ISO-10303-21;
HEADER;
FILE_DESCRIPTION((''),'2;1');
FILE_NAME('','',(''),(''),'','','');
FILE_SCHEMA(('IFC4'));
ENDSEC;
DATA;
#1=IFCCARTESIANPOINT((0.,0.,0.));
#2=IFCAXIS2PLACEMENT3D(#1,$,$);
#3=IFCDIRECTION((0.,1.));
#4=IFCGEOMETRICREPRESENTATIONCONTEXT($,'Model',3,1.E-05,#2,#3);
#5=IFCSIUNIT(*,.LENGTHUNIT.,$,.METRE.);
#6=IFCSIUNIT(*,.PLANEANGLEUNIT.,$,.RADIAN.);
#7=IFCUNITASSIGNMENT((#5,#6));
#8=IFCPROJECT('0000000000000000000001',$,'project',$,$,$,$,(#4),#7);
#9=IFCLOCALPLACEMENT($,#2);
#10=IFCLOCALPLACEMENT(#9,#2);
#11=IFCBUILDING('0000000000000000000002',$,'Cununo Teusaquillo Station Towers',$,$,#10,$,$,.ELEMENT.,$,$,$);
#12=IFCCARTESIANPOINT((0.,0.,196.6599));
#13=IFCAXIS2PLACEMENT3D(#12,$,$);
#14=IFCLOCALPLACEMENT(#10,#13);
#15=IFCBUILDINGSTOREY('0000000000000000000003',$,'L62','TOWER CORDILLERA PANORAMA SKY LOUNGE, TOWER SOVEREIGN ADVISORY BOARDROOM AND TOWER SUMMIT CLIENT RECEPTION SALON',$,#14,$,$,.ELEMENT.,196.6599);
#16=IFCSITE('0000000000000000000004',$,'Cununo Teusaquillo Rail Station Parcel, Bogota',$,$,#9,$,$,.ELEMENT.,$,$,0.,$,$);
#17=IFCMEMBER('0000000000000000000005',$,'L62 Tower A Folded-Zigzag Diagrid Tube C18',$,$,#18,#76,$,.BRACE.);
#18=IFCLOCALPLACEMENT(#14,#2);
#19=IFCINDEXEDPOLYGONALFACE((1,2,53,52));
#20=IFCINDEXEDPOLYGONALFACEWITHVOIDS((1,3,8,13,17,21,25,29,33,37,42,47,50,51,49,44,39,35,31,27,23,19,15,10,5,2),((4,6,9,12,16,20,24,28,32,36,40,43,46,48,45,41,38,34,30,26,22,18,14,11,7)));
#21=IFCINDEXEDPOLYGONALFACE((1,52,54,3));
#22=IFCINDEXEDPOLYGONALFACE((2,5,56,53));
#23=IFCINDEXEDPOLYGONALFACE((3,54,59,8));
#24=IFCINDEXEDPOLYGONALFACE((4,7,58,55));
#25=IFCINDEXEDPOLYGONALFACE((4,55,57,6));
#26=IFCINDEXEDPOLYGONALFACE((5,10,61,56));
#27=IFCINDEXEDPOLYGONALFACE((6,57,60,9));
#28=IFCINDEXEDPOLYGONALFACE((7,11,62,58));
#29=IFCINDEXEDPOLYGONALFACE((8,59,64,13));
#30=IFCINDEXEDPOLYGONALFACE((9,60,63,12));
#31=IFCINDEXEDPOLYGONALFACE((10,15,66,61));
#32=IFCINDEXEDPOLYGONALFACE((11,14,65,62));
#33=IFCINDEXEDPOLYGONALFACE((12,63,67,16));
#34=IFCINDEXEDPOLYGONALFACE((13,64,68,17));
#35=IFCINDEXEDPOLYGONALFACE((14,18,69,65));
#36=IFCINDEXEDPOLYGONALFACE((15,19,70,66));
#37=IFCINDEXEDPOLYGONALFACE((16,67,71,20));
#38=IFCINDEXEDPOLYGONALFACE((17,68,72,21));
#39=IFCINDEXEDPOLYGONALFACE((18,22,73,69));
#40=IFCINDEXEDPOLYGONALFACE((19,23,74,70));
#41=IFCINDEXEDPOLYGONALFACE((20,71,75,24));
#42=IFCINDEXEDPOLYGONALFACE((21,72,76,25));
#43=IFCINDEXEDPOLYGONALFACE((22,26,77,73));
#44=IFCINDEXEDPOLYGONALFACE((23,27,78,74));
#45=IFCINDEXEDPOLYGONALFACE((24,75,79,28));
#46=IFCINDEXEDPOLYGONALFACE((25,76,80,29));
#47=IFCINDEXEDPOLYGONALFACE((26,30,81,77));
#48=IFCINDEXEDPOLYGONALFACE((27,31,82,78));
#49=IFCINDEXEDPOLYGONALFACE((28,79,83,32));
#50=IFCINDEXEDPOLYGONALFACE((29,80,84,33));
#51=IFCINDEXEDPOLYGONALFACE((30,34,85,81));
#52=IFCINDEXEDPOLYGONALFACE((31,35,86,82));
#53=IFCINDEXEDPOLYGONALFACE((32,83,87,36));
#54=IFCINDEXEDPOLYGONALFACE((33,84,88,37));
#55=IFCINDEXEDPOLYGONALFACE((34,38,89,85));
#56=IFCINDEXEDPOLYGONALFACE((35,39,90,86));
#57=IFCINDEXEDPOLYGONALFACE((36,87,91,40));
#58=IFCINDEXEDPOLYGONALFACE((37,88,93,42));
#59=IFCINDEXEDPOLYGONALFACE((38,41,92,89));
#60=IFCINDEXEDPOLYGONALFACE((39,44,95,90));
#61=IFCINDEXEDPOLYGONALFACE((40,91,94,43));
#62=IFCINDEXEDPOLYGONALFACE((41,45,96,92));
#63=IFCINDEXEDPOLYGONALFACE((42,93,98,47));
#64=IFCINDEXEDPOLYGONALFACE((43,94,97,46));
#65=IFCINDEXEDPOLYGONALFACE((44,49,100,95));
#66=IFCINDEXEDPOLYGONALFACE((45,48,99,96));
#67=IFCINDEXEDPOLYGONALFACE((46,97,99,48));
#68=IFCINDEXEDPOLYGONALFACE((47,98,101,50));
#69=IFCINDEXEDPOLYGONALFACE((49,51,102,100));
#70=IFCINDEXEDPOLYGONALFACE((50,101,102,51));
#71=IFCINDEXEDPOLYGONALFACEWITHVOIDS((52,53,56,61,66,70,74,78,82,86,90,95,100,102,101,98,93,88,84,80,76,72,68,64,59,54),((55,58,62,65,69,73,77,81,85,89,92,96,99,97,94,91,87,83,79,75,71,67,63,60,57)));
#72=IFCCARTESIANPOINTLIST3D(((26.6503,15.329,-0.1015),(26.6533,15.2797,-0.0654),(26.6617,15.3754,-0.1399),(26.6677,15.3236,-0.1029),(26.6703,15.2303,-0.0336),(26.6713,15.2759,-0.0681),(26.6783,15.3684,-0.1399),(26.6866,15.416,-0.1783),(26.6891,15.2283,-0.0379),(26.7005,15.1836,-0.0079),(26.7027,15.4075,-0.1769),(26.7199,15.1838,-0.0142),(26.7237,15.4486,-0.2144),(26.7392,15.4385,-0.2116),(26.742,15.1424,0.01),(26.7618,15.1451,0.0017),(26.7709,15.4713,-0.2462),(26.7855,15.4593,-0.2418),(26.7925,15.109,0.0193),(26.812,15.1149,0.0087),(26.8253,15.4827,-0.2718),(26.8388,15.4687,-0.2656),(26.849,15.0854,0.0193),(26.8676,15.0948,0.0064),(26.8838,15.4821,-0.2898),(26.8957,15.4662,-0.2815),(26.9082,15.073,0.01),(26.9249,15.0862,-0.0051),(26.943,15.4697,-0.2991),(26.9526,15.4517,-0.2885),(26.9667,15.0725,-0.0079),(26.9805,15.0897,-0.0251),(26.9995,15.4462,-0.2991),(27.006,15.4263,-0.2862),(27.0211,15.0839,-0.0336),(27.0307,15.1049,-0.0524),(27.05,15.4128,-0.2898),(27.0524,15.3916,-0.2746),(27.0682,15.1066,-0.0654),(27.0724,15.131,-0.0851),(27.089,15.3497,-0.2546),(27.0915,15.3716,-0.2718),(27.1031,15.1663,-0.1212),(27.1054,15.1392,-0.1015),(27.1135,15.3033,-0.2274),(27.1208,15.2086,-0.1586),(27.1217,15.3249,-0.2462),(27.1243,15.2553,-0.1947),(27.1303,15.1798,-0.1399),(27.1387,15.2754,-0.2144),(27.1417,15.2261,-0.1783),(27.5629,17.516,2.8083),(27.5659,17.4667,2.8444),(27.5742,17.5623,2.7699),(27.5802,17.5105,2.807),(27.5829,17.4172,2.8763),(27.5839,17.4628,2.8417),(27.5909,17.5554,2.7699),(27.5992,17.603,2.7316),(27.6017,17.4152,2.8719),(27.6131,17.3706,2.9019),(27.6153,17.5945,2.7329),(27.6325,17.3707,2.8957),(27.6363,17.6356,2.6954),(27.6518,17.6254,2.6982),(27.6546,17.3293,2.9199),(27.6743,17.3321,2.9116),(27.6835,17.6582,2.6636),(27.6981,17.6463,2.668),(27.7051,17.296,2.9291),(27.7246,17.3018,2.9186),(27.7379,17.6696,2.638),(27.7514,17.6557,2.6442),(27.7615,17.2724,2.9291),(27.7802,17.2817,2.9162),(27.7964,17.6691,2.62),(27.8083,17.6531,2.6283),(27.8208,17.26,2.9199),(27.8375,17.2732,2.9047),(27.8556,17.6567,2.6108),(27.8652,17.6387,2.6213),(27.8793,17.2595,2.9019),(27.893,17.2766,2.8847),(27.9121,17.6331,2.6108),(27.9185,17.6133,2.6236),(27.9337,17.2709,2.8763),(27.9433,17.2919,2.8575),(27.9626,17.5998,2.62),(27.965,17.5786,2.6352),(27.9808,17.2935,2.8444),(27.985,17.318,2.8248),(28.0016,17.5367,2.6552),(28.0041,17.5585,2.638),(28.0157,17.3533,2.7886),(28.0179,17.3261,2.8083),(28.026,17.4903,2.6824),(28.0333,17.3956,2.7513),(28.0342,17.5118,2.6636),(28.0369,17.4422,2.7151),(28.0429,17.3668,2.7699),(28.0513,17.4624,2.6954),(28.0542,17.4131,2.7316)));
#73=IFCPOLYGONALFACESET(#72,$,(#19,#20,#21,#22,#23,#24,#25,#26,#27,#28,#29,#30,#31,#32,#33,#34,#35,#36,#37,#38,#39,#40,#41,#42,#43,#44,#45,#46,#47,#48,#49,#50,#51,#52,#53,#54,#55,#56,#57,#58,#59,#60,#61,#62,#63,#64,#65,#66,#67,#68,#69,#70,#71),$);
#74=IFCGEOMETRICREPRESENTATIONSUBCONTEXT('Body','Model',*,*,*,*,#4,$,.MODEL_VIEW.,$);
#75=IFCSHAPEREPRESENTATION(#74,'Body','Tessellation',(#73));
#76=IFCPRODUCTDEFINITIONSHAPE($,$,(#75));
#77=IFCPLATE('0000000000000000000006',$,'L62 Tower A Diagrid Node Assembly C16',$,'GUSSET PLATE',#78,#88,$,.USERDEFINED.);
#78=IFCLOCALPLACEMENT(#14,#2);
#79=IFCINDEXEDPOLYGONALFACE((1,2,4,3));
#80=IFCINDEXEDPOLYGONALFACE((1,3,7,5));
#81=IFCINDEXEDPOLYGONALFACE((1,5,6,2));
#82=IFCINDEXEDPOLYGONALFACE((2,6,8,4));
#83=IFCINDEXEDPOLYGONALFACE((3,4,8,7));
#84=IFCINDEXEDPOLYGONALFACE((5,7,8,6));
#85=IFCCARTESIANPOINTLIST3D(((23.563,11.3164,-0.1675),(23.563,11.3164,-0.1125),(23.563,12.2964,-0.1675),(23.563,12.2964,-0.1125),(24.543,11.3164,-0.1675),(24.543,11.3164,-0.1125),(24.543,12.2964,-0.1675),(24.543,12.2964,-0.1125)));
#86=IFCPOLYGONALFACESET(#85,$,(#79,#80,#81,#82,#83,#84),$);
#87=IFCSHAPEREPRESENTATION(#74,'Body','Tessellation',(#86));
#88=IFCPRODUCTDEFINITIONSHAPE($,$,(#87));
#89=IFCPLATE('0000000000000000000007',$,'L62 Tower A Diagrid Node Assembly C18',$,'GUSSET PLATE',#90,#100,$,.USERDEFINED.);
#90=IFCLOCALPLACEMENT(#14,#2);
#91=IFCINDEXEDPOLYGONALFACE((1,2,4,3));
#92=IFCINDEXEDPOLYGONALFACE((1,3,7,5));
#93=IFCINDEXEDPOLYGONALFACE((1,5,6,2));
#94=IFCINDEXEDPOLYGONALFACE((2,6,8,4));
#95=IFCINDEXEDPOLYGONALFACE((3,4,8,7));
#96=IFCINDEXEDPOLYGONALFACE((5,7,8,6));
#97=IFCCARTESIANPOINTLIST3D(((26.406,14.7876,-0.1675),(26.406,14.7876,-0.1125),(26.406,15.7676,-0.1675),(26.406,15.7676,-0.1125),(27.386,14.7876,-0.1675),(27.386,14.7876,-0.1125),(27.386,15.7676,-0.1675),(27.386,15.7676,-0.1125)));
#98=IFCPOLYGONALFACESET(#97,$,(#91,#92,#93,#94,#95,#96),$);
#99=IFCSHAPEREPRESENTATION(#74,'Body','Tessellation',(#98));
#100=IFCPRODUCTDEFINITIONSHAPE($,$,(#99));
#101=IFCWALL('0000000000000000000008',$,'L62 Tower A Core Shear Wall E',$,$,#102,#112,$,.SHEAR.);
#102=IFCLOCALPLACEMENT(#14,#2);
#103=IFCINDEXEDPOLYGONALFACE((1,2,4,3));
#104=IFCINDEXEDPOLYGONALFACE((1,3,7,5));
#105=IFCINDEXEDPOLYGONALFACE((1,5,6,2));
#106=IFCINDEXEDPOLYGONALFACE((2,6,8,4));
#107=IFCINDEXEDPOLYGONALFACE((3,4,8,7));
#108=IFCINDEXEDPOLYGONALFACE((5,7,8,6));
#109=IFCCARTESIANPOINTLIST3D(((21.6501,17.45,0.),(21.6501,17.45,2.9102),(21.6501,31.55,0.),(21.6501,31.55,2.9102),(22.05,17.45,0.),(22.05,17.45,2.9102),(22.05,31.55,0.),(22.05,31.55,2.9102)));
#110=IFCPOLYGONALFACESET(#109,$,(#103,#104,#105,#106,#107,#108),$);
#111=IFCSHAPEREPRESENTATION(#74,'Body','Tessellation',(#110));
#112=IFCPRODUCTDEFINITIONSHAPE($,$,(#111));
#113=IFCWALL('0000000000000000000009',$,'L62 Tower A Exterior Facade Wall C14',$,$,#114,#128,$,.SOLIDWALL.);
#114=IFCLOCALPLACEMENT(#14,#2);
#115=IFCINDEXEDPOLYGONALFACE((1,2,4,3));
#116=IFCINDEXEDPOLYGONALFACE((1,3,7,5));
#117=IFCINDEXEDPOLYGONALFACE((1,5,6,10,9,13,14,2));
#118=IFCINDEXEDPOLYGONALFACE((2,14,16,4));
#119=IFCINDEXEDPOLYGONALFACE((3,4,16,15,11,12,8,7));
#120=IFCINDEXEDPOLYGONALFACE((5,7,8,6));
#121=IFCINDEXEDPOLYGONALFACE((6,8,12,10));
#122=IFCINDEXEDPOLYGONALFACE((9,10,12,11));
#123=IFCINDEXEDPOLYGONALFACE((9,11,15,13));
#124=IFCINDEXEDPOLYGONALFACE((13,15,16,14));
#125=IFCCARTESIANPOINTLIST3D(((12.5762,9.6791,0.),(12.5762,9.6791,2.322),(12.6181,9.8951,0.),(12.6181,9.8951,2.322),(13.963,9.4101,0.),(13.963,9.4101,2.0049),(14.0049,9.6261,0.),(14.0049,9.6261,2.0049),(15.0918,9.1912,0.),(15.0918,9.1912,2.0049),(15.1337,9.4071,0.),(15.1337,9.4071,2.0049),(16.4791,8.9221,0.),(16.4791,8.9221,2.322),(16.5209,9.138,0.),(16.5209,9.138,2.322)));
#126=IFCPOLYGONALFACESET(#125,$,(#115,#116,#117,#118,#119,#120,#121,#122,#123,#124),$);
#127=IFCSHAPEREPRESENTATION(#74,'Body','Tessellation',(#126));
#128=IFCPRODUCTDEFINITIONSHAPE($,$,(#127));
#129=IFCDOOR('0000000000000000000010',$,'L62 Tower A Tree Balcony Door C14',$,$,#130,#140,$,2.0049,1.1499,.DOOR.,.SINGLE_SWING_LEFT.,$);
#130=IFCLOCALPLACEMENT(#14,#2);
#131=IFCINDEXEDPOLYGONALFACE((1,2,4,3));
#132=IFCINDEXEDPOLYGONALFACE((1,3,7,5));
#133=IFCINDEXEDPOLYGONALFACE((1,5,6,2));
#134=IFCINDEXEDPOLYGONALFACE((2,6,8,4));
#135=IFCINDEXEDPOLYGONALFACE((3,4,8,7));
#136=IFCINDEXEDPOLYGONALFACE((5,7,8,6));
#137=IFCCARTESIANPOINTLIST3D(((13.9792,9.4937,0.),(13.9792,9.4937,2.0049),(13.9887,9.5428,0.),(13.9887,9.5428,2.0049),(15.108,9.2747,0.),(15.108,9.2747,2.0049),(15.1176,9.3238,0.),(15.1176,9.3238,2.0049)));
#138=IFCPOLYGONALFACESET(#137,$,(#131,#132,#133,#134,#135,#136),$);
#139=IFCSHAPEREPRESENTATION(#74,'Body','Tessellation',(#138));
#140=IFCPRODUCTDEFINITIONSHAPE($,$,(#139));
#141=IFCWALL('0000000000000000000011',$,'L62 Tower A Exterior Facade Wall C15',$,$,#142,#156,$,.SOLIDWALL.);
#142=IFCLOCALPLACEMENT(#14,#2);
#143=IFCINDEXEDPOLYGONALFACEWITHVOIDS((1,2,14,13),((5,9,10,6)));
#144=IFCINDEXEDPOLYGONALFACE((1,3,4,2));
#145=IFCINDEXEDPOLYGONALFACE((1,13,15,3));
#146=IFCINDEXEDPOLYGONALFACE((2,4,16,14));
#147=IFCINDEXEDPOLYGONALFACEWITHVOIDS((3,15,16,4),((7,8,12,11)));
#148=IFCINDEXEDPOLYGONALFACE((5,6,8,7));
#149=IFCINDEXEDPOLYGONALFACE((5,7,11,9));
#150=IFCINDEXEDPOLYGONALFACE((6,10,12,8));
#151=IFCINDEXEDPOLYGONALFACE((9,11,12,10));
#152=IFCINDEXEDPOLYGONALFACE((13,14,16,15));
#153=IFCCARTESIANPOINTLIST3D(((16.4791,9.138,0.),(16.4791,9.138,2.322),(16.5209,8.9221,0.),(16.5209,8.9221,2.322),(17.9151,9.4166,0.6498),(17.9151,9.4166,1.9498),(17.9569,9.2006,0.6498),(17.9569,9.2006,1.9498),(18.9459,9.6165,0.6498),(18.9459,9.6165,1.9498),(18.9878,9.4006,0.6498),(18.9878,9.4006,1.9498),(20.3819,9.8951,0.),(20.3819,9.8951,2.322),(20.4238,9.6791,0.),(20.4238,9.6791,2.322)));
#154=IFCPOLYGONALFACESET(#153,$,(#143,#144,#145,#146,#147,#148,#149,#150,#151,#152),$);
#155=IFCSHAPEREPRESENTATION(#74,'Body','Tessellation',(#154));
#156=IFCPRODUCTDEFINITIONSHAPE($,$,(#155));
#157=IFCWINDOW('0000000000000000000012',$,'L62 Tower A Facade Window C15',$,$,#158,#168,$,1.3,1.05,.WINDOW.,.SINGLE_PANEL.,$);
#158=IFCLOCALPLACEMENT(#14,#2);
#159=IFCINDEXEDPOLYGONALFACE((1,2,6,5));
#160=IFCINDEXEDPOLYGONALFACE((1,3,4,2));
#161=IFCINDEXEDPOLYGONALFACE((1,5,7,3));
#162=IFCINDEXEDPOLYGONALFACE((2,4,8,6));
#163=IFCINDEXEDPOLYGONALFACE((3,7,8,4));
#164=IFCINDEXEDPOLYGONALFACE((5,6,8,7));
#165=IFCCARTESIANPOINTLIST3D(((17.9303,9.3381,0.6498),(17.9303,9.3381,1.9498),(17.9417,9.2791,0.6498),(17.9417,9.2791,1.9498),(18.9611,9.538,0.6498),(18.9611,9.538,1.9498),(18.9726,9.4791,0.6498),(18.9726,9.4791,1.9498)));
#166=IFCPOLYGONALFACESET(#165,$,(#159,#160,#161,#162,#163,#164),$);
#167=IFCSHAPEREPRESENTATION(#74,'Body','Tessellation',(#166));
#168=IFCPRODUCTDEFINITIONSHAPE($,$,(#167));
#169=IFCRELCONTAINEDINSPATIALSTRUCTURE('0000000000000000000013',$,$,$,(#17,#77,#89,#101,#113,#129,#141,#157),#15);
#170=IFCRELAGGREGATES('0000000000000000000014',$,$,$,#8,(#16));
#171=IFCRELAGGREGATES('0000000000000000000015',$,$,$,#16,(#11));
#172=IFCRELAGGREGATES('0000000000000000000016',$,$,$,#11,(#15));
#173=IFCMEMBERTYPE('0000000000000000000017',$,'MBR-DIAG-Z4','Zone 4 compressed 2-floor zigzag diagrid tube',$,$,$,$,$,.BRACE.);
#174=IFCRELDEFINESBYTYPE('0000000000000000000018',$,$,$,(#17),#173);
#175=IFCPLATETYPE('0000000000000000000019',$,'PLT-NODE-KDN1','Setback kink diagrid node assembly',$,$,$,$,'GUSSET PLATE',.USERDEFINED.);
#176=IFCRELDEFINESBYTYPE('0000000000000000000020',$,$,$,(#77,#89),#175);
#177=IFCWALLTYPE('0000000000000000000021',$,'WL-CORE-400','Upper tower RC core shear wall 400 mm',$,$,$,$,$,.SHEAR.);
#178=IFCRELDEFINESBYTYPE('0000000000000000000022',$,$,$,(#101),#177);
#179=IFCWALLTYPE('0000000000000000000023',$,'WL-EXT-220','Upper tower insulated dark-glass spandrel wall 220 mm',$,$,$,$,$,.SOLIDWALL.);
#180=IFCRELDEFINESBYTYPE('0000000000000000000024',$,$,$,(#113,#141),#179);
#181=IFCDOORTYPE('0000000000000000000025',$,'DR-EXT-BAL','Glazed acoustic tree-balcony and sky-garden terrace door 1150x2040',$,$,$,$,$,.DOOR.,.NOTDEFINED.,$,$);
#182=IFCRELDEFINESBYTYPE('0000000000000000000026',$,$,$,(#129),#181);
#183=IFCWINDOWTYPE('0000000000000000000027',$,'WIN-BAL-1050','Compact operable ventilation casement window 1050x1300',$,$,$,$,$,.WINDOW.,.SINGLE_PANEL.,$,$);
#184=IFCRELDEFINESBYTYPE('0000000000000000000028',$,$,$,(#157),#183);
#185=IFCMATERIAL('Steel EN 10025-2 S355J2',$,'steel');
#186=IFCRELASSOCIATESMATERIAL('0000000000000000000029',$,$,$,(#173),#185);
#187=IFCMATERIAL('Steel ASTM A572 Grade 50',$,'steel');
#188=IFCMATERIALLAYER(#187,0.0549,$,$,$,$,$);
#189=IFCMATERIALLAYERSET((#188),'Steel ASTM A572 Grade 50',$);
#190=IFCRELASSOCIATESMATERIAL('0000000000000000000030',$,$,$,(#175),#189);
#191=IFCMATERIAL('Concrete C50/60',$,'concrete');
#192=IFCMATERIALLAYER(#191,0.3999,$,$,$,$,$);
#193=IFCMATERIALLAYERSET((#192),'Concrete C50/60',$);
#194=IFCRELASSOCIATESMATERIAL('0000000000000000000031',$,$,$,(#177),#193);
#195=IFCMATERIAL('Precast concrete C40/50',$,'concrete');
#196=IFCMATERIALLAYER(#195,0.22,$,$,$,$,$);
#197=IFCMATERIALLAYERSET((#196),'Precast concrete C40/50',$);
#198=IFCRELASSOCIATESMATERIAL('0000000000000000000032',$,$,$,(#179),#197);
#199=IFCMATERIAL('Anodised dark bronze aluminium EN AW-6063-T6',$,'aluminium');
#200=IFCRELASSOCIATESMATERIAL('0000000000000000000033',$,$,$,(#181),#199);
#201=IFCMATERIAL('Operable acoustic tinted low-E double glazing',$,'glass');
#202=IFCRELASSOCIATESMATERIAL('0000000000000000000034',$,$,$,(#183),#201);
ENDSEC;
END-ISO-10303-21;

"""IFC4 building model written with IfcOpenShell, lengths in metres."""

from ifc_helpers import new_model, si_unit, direction, frame, frame_2d, origin, origin_2d, place, context, subcontext, project, spatial, rectangle, hollow_circle, extrude, source, transform, mapped, material, layer, layer_set, material_profile, profile_set, type_object, element, fill, save


model = new_model("IFC4")

# Units and contexts
model_context = context("Model", 3, precision=1e-05, world=origin(), true_north=direction((0.0, 1.0)))
body_context = subcontext(model_context, "Body", "Model", "MODEL_VIEW")
ifc_project = project(units=[si_unit("LENGTHUNIT", "METRE"), si_unit("PLANEANGLEUNIT", "RADIAN")], contexts=[model_context])

# Site, building, storey
site_placement = place(None, origin())
site = spatial("IfcSite", under=ifc_project, at=site_placement, Name="Cununo Teusaquillo Rail Station Parcel, Bogota", CompositionType="ELEMENT", RefElevation=0.0)
building_placement = place(site_placement, origin())
building = spatial("IfcBuilding", under=site, at=building_placement, Name="Cununo Teusaquillo Station Towers", CompositionType="ELEMENT")
storey_placement = place(building_placement, frame((0.0, 0.0, 196.6599)))
storey = spatial("IfcBuildingStorey", under=building, at=storey_placement, Name="L62", Description="TOWER CORDILLERA PANORAMA SKY LOUNGE, TOWER SOVEREIGN ADVISORY BOARDROOM AND TOWER SUMMIT CLIENT RECEPTION SALON", CompositionType="ELEMENT", Elevation=196.6599)

# Member
ifc_material_1 = material(Name="Steel EN 10025-2 S355J2", Category="steel")
ifc_material_profile_1 = material_profile(ifc_material_1, hollow_circle(Radius=0.2539, WallThickness=0.0181, at=origin_2d()), Name="CHS 508x18")
ifc_profile_set_1 = profile_set([ifc_material_profile_1], Name="Steel EN 10025-2 S355J2")
member_type = type_object("IfcMemberType", Name="MBR-DIAG-Z4", Description="Zone 4 compressed 2-floor zigzag diagrid tube", PredefinedType="BRACE", material=ifc_profile_set_1)
member_1_placement = place(storey_placement, frame((26.896, 15.2776, -0.1399), z_axis=(0.243178, 0.582769, 0.775399), x_axis=(-0.922876, 0.385098, 0.0)))
element("IfcMember", 1, at=member_1_placement, inside=storey, type_object=member_type, Name="L62 Tower A Folded-Zigzag Diagrid Tube C18", PredefinedType="BRACE", context=body_context, shape_type="SweptSolid", body=[
    extrude(hollow_circle(Radius=0.2539, WallThickness=0.0181, at=origin_2d()), origin(), (0.0, 0.0, 1.0), 3.7527),
])

# Plates
ifc_material_2 = material(Name="Steel ASTM A572 Grade 50", Category="steel")
ifc_layer_1 = layer(ifc_material_2, 0.0549)
ifc_layer_set_1 = layer_set([ifc_layer_1], Name="Steel ASTM A572 Grade 50")
plate_type = type_object("IfcPlateType", Name="PLT-NODE-KDN1", Description="Setback kink diagrid node assembly", ElementType="GUSSET PLATE", PredefinedType="USERDEFINED", material=ifc_layer_set_1)
shared_shape_1 = source(origin(), body_context, "Body", "SweptSolid", [
    extrude(rectangle(XDim=0.98, YDim=0.98, at=origin_2d()), origin(), (0.0, 0.0, 1.0), 0.0549),
])
for number, where, z_axis, x_axis, name in (
    (2, (24.053, 11.8064, -0.1675), (0.0, 0.0, 1.0), (1.0, 0.0, 0.0), "L62 Tower A Diagrid Node Assembly C16"),
    (3, (26.896, 15.2776, -0.1675), (0.0, 0.0, 1.0), (1.0, 0.0, 0.0), "L62 Tower A Diagrid Node Assembly C18"),
):
    element("IfcPlate", number, at=place(storey_placement, frame(where, z_axis=z_axis, x_axis=x_axis)), inside=storey, type_object=plate_type, Name=name, ObjectType="GUSSET PLATE", PredefinedType="USERDEFINED", context=body_context, shape_type="MappedRepresentation", body=[
        mapped(shared_shape_1, transform((0.0, 0.0, 0.0), x_axis=(1.0, 0.0, 0.0), y_axis=(0.0, 1.0, 0.0), z_axis=(0.0, 0.0, 1.0), scale=1.0)),
    ])

# Wall
ifc_material_3 = material(Name="Concrete C50/60", Category="concrete")
ifc_layer_2 = layer(ifc_material_3, 0.3999)
ifc_layer_set_2 = layer_set([ifc_layer_2], Name="Concrete C50/60")
wall_type_1 = type_object("IfcWallType", Name="WL-CORE-400", Description="Upper tower RC core shear wall 400 mm", PredefinedType="SHEAR", material=ifc_layer_set_2)
wall_1_placement = place(storey_placement, frame((21.8501, 17.45, 0.0), z_axis=(0.0, 0.0, 1.0), x_axis=(0.0, 1.0, 0.0)))
element("IfcWall", 4, at=wall_1_placement, inside=storey, type_object=wall_type_1, Name="L62 Tower A Core Shear Wall E", PredefinedType="SHEAR", context=body_context, shape_type="SweptSolid", body=[
    extrude(rectangle(XDim=14.1001, YDim=0.3999, at=frame_2d((7.05, 0.0))), origin(), (0.0, 0.0, 1.0), 2.9102),
])

# Wall, opening, door
ifc_material_4 = material(Name="Precast concrete C40/50", Category="concrete")
ifc_layer_3 = layer(ifc_material_4, 0.22)
ifc_layer_set_3 = layer_set([ifc_layer_3], Name="Precast concrete C40/50")
wall_type_2 = type_object("IfcWallType", Name="WL-EXT-220", Description="Upper tower insulated dark-glass spandrel wall 220 mm", PredefinedType="SOLIDWALL", material=ifc_layer_set_3)
wall_2_placement = place(storey_placement, frame((16.5, 9.03, 0.0), z_axis=(0.0, 0.0, 1.0), x_axis=(-0.9817, 0.190432, 0.0)))
wall_2 = element("IfcWall", 5, at=wall_2_placement, inside=storey, type_object=wall_type_2, Name="L62 Tower A Exterior Facade Wall C14", PredefinedType="SOLIDWALL", context=body_context, shape_type="SweptSolid", body=[
    extrude(rectangle(XDim=3.9756, YDim=0.22, at=frame_2d((1.9878, 0.0))), origin(), (0.0, 0.0, 1.0), 2.322),
])
shared_shape_2 = source(origin(), body_context, "Body", "SweptSolid", [
    extrude(rectangle(XDim=1.1499, YDim=2.0049, at=frame_2d((0.575, 1.0024))), frame((0.0, 0.1199, 0.0), z_axis=(0.0, -1.0, 0.0), x_axis=(1.0, 0.0, 0.0)), (0.0, 0.0, 1.0), 0.24),
])
opening_1_placement = place(wall_2_placement, frame((1.4131, 0.0, 0.0)))
opening_1 = element("IfcOpeningElement", 6, at=opening_1_placement, cuts=wall_2, PredefinedType="OPENING", context=body_context, shape_type="MappedRepresentation", body=[
    mapped(shared_shape_2, transform((0.0, 0.0, 0.0), x_axis=(1.0, 0.0, 0.0), y_axis=(0.0, 1.0, 0.0), z_axis=(0.0, 0.0, 1.0), scale=1.0)),
])
ifc_material_5 = material(Name="Anodised dark bronze aluminium EN AW-6063-T6", Category="aluminium")
door_type_1 = type_object("IfcDoorType", Name="DR-EXT-BAL", Description="Glazed acoustic tree-balcony and sky-garden terrace door 1150x2040", OperationType="NOTDEFINED", PredefinedType="DOOR", material=ifc_material_5)
shared_shape_3 = source(origin(), body_context, "Body", "SweptSolid", [
    extrude(rectangle(XDim=1.1499, YDim=2.0049, at=frame_2d((0.575, 1.0024))), frame((0.0, 0.0249, 0.0), z_axis=(0.0, -1.0, 0.0), x_axis=(1.0, 0.0, 0.0)), (0.0, 0.0, 1.0), 0.05),
])
door_1_placement = place(opening_1_placement, origin())
door_1 = element("IfcDoor", 7, at=door_1_placement, inside=storey, type_object=door_type_1, Name="L62 Tower A Tree Balcony Door C14", OperationType="SINGLE_SWING_LEFT", OverallHeight=2.0049, OverallWidth=1.1499, PredefinedType="DOOR", context=body_context, shape_type="MappedRepresentation", body=[
    mapped(shared_shape_3, transform((0.0, 0.0, 0.0), x_axis=(1.0, 0.0, 0.0), y_axis=(0.0, 1.0, 0.0), z_axis=(0.0, 0.0, 1.0), scale=1.0)),
])
fill(opening_1, door_1)

# Wall, opening, window
wall_3_placement = place(storey_placement, frame((20.4028, 9.7871, 0.0), z_axis=(0.0, 0.0, 1.0), x_axis=(-0.9817, -0.190432, 0.0)))
wall_3 = element("IfcWall", 8, at=wall_3_placement, inside=storey, type_object=wall_type_2, Name="L62 Tower A Exterior Facade Wall C15", PredefinedType="SOLIDWALL", context=body_context, shape_type="SweptSolid", body=[
    extrude(rectangle(XDim=3.9756, YDim=0.22, at=frame_2d((1.9878, 0.0))), origin(), (0.0, 0.0, 1.0), 2.322),
])
shared_shape_4 = source(origin(), body_context, "Body", "SweptSolid", [
    extrude(rectangle(XDim=1.05, YDim=1.3, at=frame_2d((0.5249, 0.6499))), frame((0.0, 0.1199, 0.0), z_axis=(0.0, -1.0, 0.0), x_axis=(1.0, 0.0, 0.0)), (0.0, 0.0, 1.0), 0.24),
])
opening_2_placement = place(wall_3_placement, frame((1.4629, 0.0, 0.6499)))
opening_2 = element("IfcOpeningElement", 9, at=opening_2_placement, cuts=wall_3, PredefinedType="OPENING", context=body_context, shape_type="MappedRepresentation", body=[
    mapped(shared_shape_4, transform((0.0, 0.0, 0.0), x_axis=(1.0, 0.0, 0.0), y_axis=(0.0, 1.0, 0.0), z_axis=(0.0, 0.0, 1.0), scale=1.0)),
])
ifc_material_6 = material(Name="Operable acoustic tinted low-E double glazing", Category="glass")
window_type = type_object("IfcWindowType", Name="WIN-BAL-1050", Description="Compact operable ventilation casement window 1050x1300", PartitioningType="SINGLE_PANEL", PredefinedType="WINDOW", material=ifc_material_6)
shared_shape_5 = source(origin(), body_context, "Body", "SweptSolid", [
    extrude(rectangle(XDim=1.05, YDim=1.3, at=frame_2d((0.5249, 0.6499))), frame((0.0, 0.03, 0.0), z_axis=(0.0, -1.0, 0.0), x_axis=(1.0, 0.0, 0.0)), (0.0, 0.0, 1.0), 0.0601),
])
window_1_placement = place(opening_2_placement, origin())
window_1 = element("IfcWindow", 10, at=window_1_placement, inside=storey, type_object=window_type, Name="L62 Tower A Facade Window C15", OverallHeight=1.3, OverallWidth=1.05, PartitioningType="SINGLE_PANEL", PredefinedType="WINDOW", context=body_context, shape_type="MappedRepresentation", body=[
    mapped(shared_shape_5, transform((0.0, 0.0, 0.0), x_axis=(1.0, 0.0, 0.0), y_axis=(0.0, 1.0, 0.0), z_axis=(0.0, 0.0, 1.0), scale=1.0)),
])
fill(opening_2, window_1)

save(model, "model.ifc")
